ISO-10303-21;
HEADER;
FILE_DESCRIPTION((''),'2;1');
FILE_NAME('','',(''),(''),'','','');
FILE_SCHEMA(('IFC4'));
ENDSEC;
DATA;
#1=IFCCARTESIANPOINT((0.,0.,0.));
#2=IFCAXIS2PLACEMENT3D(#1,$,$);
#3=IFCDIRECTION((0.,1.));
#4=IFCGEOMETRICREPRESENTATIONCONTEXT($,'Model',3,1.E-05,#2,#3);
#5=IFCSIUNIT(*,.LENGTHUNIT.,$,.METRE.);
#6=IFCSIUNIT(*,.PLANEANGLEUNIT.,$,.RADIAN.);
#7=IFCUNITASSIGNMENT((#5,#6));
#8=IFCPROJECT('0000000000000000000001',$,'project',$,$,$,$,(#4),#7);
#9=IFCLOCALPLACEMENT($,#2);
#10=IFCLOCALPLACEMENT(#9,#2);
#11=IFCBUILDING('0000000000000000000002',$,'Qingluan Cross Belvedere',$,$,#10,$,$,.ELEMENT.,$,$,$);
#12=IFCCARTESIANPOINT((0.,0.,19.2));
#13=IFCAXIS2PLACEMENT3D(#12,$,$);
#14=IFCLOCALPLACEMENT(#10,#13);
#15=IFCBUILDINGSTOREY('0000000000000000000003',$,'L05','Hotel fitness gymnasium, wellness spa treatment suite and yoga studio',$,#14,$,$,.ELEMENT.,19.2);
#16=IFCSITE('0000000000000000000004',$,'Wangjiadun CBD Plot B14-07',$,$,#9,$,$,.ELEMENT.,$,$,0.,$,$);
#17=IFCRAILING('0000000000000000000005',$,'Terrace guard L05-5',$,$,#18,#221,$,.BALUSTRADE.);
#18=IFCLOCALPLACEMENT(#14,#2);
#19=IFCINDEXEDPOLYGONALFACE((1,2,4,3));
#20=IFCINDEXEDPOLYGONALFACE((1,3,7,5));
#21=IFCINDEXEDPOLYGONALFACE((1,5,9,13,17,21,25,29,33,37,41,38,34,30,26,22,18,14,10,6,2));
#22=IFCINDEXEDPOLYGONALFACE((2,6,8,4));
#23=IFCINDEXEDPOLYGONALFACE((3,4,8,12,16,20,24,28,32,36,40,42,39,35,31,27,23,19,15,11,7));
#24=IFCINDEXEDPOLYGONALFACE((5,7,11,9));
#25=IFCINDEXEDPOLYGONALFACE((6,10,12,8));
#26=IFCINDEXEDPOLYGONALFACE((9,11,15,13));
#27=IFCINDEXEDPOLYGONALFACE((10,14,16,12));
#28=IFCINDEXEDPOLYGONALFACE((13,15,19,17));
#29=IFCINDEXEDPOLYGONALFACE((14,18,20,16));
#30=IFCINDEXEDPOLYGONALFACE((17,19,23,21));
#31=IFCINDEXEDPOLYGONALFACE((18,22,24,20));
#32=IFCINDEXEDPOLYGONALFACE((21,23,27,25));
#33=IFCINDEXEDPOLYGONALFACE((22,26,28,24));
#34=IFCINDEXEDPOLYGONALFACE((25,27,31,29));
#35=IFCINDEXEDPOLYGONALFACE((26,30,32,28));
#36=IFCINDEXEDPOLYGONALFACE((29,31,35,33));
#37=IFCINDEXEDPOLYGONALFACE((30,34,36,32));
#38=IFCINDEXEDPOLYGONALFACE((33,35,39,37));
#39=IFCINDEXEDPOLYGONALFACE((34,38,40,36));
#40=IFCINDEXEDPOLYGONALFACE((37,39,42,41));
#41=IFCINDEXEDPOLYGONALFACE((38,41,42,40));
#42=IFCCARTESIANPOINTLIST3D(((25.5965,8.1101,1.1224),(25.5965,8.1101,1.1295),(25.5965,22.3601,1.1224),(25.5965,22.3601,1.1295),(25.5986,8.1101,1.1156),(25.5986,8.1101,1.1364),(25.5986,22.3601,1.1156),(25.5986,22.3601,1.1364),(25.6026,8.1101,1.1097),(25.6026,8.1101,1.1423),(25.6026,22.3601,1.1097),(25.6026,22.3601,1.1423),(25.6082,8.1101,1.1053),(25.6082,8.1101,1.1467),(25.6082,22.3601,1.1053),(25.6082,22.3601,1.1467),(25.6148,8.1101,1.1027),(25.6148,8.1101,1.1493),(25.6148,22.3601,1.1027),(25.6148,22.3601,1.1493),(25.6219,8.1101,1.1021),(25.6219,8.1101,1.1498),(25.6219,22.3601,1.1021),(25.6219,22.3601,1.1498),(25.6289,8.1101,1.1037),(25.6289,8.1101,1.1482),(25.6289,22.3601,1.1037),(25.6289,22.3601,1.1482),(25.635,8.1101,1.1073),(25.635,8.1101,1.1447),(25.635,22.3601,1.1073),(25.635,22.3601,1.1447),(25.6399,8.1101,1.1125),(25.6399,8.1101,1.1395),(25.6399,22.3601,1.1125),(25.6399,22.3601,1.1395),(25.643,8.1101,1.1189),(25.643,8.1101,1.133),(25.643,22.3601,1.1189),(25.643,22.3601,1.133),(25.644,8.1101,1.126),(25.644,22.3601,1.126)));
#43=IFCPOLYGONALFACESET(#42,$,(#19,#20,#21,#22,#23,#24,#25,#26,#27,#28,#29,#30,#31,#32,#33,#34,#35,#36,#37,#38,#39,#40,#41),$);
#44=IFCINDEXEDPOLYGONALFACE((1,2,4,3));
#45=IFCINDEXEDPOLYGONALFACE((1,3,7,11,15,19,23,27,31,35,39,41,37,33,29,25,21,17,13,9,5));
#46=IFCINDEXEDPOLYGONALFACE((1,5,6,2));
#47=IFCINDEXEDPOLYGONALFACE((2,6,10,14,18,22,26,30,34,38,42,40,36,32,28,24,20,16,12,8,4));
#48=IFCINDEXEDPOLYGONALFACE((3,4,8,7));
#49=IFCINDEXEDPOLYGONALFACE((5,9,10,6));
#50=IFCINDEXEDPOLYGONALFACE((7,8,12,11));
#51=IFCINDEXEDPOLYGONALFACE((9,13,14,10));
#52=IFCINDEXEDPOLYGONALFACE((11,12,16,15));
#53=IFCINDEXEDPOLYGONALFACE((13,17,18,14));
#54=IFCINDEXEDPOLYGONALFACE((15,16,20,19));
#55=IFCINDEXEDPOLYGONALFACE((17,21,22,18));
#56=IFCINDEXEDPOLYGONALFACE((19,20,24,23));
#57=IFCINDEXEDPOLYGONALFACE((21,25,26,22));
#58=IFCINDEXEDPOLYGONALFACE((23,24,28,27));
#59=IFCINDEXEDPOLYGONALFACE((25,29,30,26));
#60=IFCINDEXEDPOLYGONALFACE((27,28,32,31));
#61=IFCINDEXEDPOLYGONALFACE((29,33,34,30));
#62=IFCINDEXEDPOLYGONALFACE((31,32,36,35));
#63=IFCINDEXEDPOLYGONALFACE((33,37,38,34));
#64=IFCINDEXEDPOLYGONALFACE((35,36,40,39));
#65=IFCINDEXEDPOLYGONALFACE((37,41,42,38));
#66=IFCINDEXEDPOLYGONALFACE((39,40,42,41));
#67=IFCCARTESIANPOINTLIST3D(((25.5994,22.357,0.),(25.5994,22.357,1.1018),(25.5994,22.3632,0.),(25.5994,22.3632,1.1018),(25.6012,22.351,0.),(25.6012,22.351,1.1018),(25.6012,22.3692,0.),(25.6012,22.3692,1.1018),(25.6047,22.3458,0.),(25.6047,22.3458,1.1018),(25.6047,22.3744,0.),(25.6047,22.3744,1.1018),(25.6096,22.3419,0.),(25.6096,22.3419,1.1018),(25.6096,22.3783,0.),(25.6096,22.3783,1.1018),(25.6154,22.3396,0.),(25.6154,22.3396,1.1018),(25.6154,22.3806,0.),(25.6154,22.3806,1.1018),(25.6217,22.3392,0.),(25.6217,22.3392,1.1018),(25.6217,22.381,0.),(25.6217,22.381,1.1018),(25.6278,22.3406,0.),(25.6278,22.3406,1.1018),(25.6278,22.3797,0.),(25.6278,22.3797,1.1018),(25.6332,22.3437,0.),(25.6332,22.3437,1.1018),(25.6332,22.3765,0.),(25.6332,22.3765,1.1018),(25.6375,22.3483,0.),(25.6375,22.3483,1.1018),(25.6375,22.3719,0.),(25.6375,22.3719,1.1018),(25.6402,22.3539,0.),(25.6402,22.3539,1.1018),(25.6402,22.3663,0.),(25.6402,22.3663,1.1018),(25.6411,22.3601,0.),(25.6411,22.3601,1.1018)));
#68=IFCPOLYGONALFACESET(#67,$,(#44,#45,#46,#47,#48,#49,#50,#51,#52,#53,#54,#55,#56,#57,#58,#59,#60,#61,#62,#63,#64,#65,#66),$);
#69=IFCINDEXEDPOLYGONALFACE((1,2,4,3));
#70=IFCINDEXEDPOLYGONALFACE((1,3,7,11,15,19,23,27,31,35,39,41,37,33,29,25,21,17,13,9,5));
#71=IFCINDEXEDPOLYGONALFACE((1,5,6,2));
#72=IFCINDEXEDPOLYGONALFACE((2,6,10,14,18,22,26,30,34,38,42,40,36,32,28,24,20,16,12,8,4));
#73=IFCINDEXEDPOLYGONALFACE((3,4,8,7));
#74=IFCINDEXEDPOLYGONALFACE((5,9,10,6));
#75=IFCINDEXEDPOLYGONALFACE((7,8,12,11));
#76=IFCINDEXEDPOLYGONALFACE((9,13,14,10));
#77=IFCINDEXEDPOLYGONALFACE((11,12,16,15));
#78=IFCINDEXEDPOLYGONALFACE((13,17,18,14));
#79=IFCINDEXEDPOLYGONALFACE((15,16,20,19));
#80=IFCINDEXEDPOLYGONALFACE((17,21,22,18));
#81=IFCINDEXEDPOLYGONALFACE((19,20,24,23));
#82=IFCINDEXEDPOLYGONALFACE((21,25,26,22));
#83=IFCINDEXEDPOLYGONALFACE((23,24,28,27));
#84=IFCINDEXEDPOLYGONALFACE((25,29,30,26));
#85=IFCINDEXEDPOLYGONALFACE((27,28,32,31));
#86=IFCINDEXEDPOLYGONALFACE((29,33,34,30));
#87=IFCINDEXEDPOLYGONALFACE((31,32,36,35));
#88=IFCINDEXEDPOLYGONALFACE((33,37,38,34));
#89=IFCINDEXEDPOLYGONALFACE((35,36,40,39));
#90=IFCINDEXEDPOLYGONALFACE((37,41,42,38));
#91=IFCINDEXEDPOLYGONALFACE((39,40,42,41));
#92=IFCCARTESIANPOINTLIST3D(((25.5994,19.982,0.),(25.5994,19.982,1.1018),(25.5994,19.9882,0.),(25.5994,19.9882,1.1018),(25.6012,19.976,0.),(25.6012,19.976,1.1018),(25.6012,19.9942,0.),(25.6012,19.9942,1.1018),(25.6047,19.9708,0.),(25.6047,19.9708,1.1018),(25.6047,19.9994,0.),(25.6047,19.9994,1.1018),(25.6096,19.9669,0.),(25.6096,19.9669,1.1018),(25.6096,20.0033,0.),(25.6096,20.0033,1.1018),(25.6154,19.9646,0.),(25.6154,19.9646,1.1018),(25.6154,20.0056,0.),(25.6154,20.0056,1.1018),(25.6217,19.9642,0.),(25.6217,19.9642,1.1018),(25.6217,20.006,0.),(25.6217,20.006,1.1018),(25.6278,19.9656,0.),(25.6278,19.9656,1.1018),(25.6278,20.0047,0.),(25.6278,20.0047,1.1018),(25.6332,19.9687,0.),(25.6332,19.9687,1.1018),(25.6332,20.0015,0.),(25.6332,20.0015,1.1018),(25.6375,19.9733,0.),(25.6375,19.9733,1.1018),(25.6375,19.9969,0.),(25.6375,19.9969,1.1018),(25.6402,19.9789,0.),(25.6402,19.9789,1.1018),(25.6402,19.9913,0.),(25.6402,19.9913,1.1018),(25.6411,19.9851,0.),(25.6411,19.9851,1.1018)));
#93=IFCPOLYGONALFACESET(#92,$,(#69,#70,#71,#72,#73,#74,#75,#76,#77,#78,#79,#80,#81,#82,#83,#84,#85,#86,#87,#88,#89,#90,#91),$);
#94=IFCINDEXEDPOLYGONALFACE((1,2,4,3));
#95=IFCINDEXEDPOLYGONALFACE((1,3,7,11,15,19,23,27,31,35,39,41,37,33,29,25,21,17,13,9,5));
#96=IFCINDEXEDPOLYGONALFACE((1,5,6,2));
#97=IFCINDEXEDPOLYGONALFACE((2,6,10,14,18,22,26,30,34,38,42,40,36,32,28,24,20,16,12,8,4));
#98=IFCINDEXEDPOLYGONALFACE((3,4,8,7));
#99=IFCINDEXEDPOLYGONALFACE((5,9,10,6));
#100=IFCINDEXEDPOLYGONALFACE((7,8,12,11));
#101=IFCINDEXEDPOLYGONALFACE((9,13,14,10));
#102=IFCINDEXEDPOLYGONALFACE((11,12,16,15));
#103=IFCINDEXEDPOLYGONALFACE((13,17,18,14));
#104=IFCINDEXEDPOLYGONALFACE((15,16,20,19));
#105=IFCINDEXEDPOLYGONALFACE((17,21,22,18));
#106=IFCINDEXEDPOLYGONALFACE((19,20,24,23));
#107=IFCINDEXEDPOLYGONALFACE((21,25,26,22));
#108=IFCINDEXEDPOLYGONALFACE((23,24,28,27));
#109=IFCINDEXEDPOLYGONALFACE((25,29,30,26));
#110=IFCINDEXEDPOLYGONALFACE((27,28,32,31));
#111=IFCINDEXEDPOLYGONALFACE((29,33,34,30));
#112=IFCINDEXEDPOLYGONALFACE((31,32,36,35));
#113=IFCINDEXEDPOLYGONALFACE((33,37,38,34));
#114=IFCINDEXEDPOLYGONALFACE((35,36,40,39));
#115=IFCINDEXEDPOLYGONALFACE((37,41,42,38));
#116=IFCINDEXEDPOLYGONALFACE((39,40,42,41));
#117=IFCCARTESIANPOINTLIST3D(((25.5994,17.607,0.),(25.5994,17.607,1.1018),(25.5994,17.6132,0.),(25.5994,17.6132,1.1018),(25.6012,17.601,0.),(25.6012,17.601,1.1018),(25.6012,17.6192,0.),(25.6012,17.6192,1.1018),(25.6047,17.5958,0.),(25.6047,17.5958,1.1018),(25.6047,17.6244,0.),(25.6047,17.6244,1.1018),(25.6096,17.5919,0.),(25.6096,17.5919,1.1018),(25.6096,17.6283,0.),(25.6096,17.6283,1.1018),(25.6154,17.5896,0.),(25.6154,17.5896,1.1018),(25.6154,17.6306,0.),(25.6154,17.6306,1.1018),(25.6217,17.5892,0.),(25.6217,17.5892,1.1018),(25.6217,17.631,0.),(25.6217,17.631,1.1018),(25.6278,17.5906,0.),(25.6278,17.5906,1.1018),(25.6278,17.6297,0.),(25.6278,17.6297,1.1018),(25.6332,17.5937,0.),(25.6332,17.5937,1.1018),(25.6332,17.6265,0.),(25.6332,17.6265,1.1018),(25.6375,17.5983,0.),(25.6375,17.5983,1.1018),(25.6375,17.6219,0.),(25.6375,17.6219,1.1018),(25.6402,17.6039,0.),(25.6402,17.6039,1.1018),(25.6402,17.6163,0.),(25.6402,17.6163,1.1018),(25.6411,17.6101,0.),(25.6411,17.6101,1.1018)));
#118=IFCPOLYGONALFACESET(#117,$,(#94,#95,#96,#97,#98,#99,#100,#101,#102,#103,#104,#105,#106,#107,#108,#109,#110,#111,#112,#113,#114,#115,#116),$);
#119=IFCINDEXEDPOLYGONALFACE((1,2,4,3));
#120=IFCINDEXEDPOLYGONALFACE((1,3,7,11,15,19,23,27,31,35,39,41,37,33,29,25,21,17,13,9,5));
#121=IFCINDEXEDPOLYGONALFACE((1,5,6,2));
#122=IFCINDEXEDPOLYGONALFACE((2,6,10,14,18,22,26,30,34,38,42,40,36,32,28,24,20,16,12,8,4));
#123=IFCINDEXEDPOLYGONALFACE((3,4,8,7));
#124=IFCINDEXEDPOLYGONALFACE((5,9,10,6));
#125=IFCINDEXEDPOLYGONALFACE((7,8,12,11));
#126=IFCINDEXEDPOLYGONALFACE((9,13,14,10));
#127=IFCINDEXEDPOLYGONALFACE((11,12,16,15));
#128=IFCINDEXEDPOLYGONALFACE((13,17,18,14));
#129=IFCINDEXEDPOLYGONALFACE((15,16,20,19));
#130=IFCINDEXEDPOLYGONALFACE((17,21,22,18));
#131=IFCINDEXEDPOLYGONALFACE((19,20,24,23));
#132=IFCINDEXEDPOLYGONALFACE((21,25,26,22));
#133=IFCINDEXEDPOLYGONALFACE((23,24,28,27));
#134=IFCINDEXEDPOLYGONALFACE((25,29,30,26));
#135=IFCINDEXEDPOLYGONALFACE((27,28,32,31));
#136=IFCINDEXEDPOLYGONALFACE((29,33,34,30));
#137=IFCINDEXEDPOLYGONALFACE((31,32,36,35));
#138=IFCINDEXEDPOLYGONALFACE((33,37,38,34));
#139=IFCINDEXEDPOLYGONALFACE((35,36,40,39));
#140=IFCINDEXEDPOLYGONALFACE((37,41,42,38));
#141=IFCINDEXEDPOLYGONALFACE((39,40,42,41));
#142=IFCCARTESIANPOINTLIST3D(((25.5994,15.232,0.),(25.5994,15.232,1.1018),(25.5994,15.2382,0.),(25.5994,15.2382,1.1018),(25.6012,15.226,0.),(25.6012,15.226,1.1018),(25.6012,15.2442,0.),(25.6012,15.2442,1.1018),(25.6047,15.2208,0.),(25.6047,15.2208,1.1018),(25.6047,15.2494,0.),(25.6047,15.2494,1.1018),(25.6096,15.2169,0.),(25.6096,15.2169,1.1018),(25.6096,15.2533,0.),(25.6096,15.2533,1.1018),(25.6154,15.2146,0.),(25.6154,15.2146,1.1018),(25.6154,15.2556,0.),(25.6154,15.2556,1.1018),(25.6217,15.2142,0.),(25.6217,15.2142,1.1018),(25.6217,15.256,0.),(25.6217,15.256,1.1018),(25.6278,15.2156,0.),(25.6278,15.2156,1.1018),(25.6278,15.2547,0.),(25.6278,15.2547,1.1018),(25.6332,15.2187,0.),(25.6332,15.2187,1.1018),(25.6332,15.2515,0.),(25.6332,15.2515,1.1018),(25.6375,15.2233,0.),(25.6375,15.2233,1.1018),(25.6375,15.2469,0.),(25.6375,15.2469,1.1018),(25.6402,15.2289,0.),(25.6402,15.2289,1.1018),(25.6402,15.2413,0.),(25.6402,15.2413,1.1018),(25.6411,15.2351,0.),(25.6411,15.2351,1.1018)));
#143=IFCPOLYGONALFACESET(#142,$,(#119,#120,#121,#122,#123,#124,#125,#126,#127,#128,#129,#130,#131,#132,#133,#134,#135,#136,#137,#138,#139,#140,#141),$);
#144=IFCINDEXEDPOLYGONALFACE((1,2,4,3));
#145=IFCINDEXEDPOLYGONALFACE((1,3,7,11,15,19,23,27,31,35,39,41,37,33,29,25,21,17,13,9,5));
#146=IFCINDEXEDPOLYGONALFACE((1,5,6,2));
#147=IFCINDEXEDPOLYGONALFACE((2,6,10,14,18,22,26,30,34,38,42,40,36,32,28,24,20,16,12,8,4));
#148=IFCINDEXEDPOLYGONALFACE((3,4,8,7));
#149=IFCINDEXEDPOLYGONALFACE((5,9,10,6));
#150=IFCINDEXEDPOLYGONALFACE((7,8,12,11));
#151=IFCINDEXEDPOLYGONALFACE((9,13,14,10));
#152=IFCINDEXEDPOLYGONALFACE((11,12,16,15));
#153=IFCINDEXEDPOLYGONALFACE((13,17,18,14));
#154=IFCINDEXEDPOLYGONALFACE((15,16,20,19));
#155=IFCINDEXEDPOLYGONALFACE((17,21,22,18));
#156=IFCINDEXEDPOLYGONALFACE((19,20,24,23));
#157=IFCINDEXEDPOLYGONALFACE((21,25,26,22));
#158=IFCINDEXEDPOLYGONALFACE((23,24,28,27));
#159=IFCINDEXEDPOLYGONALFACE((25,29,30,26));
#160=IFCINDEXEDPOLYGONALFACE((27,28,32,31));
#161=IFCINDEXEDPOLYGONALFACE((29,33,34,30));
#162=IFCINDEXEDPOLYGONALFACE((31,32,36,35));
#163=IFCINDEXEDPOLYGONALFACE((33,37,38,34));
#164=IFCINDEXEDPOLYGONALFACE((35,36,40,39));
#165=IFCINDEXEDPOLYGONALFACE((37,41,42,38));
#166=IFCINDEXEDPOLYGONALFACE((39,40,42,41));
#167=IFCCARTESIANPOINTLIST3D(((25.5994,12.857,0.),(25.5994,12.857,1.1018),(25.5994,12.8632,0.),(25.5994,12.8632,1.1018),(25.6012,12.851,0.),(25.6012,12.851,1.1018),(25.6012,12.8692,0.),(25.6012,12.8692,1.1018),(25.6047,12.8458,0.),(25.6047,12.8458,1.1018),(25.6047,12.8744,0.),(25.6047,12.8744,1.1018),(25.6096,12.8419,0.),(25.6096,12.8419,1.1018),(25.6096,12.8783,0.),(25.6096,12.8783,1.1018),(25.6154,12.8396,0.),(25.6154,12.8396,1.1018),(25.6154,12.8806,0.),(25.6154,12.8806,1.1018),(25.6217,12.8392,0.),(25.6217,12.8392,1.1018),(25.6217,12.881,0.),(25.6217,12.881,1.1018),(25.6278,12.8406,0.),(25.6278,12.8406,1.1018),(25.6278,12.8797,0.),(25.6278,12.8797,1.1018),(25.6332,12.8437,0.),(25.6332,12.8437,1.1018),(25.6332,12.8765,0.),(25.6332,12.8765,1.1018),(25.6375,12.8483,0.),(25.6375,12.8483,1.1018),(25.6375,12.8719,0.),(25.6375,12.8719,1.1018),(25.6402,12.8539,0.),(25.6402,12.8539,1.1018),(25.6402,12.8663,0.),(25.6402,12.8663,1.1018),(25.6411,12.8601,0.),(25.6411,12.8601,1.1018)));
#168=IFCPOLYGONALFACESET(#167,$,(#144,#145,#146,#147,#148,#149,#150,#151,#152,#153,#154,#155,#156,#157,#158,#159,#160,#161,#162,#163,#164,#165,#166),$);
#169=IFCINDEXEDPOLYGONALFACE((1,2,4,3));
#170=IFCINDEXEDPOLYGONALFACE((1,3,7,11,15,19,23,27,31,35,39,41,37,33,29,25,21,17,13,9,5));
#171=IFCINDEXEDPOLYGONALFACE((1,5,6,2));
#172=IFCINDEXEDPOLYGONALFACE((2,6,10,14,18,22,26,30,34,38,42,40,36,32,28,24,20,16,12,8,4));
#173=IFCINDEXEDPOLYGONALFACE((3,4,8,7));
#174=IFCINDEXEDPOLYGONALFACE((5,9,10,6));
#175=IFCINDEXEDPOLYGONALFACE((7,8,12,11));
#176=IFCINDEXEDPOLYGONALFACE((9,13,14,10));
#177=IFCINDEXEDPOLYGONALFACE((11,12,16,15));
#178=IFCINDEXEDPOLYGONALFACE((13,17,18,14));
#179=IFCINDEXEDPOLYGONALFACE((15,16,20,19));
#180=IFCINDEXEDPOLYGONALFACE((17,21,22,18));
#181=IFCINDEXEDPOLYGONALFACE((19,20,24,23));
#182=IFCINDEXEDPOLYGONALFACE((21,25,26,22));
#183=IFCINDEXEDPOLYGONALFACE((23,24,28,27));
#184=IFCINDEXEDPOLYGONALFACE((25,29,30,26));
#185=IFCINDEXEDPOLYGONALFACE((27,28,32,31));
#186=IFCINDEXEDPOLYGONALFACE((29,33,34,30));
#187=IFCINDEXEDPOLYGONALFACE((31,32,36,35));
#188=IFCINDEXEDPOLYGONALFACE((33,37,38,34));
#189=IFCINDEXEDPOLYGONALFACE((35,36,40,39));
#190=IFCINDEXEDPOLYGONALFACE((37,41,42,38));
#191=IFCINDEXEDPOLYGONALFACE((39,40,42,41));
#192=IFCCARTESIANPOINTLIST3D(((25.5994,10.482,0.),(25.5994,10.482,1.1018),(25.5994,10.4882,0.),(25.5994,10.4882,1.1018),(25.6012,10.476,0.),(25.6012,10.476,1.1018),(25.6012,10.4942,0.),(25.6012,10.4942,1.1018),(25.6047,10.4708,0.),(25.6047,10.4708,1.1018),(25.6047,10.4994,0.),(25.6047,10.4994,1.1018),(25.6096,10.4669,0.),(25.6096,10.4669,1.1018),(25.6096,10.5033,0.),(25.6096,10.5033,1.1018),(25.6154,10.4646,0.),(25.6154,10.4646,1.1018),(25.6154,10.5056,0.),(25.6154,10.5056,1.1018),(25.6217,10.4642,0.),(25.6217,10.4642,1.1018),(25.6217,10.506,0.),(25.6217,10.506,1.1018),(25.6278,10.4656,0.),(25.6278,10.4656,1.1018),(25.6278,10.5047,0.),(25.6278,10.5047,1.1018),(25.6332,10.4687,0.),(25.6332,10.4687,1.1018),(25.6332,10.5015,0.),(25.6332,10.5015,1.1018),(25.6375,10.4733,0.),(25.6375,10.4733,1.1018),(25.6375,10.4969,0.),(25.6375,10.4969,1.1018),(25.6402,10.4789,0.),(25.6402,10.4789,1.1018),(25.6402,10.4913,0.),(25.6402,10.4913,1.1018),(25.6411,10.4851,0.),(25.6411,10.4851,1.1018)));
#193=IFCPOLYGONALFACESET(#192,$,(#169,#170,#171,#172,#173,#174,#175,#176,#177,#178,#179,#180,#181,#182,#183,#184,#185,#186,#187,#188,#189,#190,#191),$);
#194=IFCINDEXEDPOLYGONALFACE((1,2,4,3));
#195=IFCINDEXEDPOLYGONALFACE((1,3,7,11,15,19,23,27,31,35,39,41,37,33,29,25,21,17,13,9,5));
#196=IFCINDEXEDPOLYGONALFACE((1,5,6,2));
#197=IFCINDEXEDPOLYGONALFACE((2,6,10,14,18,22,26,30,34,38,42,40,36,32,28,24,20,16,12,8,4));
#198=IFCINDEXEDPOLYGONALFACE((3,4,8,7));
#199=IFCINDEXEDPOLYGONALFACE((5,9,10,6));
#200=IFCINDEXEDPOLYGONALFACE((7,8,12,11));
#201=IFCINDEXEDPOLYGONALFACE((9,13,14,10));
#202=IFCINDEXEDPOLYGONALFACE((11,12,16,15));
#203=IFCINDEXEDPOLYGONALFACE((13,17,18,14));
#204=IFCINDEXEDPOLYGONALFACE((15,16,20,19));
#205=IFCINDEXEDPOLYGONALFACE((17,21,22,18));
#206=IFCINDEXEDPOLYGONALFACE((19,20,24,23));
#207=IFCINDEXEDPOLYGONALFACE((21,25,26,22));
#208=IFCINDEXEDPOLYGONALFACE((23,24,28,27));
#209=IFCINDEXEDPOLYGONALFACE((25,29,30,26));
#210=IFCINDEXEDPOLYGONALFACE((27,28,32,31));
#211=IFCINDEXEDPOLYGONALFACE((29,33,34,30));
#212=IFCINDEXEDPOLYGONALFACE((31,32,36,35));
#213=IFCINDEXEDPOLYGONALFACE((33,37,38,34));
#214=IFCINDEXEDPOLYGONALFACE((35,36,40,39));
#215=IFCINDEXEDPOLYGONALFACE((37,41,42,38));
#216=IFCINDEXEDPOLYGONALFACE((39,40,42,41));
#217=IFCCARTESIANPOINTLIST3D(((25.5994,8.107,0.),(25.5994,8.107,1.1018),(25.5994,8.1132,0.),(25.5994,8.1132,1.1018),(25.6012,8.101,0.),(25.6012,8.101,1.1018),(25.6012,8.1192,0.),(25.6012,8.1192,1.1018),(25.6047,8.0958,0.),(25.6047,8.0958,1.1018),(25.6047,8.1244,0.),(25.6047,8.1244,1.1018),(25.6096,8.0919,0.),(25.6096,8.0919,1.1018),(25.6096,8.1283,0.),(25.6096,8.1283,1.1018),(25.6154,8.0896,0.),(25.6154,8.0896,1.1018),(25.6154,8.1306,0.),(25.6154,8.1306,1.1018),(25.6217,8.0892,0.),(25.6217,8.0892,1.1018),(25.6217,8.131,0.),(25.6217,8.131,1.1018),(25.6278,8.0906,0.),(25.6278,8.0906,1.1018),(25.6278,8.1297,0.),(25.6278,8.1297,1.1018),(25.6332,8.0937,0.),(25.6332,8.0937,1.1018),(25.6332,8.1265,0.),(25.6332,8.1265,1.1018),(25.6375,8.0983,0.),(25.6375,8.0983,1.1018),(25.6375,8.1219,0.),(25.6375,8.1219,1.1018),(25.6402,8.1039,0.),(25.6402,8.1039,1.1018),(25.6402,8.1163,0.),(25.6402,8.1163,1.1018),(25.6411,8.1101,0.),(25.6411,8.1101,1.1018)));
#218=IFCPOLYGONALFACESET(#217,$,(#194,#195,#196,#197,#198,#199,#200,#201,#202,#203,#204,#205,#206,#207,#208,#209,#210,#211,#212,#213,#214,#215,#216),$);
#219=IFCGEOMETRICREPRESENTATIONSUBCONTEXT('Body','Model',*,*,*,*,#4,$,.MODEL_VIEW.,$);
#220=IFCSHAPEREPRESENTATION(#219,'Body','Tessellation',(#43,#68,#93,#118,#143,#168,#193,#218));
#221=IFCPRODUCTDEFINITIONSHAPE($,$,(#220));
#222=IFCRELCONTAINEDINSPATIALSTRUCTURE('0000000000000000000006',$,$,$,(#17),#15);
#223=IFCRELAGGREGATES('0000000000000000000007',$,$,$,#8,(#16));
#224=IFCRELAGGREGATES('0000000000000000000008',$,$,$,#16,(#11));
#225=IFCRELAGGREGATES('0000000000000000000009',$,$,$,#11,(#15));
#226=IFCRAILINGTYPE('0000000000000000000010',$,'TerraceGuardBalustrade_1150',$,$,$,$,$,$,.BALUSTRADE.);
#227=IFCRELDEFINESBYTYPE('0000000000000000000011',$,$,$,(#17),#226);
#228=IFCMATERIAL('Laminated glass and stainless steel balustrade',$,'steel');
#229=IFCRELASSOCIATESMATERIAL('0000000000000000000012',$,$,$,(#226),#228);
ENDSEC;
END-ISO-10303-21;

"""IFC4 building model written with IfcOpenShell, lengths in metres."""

from ifc_helpers import new_model, si_unit, direction, frame, origin, origin_2d, place, context, subcontext, project, spatial, circle, extrude, material, type_object, element, save


model = new_model("IFC4")

# Units and contexts
model_context = context("Model", 3, precision=1e-05, world=origin(), true_north=direction((0.0, 1.0)))
body_context = subcontext(model_context, "Body", "Model", "MODEL_VIEW")
ifc_project = project(units=[si_unit("LENGTHUNIT", "METRE"), si_unit("PLANEANGLEUNIT", "RADIAN")], contexts=[model_context])

# Site, building, storey
site_placement = place(None, origin())
site = spatial("IfcSite", under=ifc_project, at=site_placement, Name="Wangjiadun CBD Plot B14-07", CompositionType="ELEMENT", RefElevation=0.0)
building_placement = place(site_placement, origin())
building = spatial("IfcBuilding", under=site, at=building_placement, Name="Qingluan Cross Belvedere", CompositionType="ELEMENT")
storey_placement = place(building_placement, frame((0.0, 0.0, 19.2)))
storey = spatial("IfcBuildingStorey", under=building, at=storey_placement, Name="L05", Description="Hotel fitness gymnasium, wellness spa treatment suite and yoga studio", CompositionType="ELEMENT", Elevation=19.2)

# Railing
ifc_material_1 = material(Name="Laminated glass and stainless steel balustrade", Category="steel")
railing_type = type_object("IfcRailingType", Name="TerraceGuardBalustrade_1150", PredefinedType="BALUSTRADE", material=ifc_material_1)
railing_1_placement = place(storey_placement, frame((25.6201, 22.3601, 0.0)))
element("IfcRailing", 1, at=railing_1_placement, inside=storey, type_object=railing_type, Name="Terrace guard L05-5", PredefinedType="BALUSTRADE", context=body_context, shape_type="SweptSolid", body=[
    extrude(circle(Radius=0.0239, at=origin_2d()), frame((0.0, 0.0, 1.126), z_axis=(0.0, -1.0, 0.0), x_axis=(1.0, 0.0, 0.0)), (0.0, 0.0, 1.0), 14.25),
    extrude(circle(Radius=0.021, at=origin_2d()), origin(), (0.0, 0.0, 1.0), 1.1018),
    extrude(circle(Radius=0.021, at=origin_2d()), frame((0.0, -2.375, 0.0)), (0.0, 0.0, 1.0), 1.1018),
    extrude(circle(Radius=0.021, at=origin_2d()), frame((0.0, -4.75, 0.0)), (0.0, 0.0, 1.0), 1.1018),
    extrude(circle(Radius=0.021, at=origin_2d()), frame((0.0, -7.125, 0.0)), (0.0, 0.0, 1.0), 1.1018),
    extrude(circle(Radius=0.021, at=origin_2d()), frame((0.0, -9.5, 0.0)), (0.0, 0.0, 1.0), 1.1018),
    extrude(circle(Radius=0.021, at=origin_2d()), frame((0.0, -11.875, 0.0)), (0.0, 0.0, 1.0), 1.1018),
    extrude(circle(Radius=0.021, at=origin_2d()), frame((0.0, -14.25, 0.0)), (0.0, 0.0, 1.0), 1.1018),
])

save(model, "model.ifc")
